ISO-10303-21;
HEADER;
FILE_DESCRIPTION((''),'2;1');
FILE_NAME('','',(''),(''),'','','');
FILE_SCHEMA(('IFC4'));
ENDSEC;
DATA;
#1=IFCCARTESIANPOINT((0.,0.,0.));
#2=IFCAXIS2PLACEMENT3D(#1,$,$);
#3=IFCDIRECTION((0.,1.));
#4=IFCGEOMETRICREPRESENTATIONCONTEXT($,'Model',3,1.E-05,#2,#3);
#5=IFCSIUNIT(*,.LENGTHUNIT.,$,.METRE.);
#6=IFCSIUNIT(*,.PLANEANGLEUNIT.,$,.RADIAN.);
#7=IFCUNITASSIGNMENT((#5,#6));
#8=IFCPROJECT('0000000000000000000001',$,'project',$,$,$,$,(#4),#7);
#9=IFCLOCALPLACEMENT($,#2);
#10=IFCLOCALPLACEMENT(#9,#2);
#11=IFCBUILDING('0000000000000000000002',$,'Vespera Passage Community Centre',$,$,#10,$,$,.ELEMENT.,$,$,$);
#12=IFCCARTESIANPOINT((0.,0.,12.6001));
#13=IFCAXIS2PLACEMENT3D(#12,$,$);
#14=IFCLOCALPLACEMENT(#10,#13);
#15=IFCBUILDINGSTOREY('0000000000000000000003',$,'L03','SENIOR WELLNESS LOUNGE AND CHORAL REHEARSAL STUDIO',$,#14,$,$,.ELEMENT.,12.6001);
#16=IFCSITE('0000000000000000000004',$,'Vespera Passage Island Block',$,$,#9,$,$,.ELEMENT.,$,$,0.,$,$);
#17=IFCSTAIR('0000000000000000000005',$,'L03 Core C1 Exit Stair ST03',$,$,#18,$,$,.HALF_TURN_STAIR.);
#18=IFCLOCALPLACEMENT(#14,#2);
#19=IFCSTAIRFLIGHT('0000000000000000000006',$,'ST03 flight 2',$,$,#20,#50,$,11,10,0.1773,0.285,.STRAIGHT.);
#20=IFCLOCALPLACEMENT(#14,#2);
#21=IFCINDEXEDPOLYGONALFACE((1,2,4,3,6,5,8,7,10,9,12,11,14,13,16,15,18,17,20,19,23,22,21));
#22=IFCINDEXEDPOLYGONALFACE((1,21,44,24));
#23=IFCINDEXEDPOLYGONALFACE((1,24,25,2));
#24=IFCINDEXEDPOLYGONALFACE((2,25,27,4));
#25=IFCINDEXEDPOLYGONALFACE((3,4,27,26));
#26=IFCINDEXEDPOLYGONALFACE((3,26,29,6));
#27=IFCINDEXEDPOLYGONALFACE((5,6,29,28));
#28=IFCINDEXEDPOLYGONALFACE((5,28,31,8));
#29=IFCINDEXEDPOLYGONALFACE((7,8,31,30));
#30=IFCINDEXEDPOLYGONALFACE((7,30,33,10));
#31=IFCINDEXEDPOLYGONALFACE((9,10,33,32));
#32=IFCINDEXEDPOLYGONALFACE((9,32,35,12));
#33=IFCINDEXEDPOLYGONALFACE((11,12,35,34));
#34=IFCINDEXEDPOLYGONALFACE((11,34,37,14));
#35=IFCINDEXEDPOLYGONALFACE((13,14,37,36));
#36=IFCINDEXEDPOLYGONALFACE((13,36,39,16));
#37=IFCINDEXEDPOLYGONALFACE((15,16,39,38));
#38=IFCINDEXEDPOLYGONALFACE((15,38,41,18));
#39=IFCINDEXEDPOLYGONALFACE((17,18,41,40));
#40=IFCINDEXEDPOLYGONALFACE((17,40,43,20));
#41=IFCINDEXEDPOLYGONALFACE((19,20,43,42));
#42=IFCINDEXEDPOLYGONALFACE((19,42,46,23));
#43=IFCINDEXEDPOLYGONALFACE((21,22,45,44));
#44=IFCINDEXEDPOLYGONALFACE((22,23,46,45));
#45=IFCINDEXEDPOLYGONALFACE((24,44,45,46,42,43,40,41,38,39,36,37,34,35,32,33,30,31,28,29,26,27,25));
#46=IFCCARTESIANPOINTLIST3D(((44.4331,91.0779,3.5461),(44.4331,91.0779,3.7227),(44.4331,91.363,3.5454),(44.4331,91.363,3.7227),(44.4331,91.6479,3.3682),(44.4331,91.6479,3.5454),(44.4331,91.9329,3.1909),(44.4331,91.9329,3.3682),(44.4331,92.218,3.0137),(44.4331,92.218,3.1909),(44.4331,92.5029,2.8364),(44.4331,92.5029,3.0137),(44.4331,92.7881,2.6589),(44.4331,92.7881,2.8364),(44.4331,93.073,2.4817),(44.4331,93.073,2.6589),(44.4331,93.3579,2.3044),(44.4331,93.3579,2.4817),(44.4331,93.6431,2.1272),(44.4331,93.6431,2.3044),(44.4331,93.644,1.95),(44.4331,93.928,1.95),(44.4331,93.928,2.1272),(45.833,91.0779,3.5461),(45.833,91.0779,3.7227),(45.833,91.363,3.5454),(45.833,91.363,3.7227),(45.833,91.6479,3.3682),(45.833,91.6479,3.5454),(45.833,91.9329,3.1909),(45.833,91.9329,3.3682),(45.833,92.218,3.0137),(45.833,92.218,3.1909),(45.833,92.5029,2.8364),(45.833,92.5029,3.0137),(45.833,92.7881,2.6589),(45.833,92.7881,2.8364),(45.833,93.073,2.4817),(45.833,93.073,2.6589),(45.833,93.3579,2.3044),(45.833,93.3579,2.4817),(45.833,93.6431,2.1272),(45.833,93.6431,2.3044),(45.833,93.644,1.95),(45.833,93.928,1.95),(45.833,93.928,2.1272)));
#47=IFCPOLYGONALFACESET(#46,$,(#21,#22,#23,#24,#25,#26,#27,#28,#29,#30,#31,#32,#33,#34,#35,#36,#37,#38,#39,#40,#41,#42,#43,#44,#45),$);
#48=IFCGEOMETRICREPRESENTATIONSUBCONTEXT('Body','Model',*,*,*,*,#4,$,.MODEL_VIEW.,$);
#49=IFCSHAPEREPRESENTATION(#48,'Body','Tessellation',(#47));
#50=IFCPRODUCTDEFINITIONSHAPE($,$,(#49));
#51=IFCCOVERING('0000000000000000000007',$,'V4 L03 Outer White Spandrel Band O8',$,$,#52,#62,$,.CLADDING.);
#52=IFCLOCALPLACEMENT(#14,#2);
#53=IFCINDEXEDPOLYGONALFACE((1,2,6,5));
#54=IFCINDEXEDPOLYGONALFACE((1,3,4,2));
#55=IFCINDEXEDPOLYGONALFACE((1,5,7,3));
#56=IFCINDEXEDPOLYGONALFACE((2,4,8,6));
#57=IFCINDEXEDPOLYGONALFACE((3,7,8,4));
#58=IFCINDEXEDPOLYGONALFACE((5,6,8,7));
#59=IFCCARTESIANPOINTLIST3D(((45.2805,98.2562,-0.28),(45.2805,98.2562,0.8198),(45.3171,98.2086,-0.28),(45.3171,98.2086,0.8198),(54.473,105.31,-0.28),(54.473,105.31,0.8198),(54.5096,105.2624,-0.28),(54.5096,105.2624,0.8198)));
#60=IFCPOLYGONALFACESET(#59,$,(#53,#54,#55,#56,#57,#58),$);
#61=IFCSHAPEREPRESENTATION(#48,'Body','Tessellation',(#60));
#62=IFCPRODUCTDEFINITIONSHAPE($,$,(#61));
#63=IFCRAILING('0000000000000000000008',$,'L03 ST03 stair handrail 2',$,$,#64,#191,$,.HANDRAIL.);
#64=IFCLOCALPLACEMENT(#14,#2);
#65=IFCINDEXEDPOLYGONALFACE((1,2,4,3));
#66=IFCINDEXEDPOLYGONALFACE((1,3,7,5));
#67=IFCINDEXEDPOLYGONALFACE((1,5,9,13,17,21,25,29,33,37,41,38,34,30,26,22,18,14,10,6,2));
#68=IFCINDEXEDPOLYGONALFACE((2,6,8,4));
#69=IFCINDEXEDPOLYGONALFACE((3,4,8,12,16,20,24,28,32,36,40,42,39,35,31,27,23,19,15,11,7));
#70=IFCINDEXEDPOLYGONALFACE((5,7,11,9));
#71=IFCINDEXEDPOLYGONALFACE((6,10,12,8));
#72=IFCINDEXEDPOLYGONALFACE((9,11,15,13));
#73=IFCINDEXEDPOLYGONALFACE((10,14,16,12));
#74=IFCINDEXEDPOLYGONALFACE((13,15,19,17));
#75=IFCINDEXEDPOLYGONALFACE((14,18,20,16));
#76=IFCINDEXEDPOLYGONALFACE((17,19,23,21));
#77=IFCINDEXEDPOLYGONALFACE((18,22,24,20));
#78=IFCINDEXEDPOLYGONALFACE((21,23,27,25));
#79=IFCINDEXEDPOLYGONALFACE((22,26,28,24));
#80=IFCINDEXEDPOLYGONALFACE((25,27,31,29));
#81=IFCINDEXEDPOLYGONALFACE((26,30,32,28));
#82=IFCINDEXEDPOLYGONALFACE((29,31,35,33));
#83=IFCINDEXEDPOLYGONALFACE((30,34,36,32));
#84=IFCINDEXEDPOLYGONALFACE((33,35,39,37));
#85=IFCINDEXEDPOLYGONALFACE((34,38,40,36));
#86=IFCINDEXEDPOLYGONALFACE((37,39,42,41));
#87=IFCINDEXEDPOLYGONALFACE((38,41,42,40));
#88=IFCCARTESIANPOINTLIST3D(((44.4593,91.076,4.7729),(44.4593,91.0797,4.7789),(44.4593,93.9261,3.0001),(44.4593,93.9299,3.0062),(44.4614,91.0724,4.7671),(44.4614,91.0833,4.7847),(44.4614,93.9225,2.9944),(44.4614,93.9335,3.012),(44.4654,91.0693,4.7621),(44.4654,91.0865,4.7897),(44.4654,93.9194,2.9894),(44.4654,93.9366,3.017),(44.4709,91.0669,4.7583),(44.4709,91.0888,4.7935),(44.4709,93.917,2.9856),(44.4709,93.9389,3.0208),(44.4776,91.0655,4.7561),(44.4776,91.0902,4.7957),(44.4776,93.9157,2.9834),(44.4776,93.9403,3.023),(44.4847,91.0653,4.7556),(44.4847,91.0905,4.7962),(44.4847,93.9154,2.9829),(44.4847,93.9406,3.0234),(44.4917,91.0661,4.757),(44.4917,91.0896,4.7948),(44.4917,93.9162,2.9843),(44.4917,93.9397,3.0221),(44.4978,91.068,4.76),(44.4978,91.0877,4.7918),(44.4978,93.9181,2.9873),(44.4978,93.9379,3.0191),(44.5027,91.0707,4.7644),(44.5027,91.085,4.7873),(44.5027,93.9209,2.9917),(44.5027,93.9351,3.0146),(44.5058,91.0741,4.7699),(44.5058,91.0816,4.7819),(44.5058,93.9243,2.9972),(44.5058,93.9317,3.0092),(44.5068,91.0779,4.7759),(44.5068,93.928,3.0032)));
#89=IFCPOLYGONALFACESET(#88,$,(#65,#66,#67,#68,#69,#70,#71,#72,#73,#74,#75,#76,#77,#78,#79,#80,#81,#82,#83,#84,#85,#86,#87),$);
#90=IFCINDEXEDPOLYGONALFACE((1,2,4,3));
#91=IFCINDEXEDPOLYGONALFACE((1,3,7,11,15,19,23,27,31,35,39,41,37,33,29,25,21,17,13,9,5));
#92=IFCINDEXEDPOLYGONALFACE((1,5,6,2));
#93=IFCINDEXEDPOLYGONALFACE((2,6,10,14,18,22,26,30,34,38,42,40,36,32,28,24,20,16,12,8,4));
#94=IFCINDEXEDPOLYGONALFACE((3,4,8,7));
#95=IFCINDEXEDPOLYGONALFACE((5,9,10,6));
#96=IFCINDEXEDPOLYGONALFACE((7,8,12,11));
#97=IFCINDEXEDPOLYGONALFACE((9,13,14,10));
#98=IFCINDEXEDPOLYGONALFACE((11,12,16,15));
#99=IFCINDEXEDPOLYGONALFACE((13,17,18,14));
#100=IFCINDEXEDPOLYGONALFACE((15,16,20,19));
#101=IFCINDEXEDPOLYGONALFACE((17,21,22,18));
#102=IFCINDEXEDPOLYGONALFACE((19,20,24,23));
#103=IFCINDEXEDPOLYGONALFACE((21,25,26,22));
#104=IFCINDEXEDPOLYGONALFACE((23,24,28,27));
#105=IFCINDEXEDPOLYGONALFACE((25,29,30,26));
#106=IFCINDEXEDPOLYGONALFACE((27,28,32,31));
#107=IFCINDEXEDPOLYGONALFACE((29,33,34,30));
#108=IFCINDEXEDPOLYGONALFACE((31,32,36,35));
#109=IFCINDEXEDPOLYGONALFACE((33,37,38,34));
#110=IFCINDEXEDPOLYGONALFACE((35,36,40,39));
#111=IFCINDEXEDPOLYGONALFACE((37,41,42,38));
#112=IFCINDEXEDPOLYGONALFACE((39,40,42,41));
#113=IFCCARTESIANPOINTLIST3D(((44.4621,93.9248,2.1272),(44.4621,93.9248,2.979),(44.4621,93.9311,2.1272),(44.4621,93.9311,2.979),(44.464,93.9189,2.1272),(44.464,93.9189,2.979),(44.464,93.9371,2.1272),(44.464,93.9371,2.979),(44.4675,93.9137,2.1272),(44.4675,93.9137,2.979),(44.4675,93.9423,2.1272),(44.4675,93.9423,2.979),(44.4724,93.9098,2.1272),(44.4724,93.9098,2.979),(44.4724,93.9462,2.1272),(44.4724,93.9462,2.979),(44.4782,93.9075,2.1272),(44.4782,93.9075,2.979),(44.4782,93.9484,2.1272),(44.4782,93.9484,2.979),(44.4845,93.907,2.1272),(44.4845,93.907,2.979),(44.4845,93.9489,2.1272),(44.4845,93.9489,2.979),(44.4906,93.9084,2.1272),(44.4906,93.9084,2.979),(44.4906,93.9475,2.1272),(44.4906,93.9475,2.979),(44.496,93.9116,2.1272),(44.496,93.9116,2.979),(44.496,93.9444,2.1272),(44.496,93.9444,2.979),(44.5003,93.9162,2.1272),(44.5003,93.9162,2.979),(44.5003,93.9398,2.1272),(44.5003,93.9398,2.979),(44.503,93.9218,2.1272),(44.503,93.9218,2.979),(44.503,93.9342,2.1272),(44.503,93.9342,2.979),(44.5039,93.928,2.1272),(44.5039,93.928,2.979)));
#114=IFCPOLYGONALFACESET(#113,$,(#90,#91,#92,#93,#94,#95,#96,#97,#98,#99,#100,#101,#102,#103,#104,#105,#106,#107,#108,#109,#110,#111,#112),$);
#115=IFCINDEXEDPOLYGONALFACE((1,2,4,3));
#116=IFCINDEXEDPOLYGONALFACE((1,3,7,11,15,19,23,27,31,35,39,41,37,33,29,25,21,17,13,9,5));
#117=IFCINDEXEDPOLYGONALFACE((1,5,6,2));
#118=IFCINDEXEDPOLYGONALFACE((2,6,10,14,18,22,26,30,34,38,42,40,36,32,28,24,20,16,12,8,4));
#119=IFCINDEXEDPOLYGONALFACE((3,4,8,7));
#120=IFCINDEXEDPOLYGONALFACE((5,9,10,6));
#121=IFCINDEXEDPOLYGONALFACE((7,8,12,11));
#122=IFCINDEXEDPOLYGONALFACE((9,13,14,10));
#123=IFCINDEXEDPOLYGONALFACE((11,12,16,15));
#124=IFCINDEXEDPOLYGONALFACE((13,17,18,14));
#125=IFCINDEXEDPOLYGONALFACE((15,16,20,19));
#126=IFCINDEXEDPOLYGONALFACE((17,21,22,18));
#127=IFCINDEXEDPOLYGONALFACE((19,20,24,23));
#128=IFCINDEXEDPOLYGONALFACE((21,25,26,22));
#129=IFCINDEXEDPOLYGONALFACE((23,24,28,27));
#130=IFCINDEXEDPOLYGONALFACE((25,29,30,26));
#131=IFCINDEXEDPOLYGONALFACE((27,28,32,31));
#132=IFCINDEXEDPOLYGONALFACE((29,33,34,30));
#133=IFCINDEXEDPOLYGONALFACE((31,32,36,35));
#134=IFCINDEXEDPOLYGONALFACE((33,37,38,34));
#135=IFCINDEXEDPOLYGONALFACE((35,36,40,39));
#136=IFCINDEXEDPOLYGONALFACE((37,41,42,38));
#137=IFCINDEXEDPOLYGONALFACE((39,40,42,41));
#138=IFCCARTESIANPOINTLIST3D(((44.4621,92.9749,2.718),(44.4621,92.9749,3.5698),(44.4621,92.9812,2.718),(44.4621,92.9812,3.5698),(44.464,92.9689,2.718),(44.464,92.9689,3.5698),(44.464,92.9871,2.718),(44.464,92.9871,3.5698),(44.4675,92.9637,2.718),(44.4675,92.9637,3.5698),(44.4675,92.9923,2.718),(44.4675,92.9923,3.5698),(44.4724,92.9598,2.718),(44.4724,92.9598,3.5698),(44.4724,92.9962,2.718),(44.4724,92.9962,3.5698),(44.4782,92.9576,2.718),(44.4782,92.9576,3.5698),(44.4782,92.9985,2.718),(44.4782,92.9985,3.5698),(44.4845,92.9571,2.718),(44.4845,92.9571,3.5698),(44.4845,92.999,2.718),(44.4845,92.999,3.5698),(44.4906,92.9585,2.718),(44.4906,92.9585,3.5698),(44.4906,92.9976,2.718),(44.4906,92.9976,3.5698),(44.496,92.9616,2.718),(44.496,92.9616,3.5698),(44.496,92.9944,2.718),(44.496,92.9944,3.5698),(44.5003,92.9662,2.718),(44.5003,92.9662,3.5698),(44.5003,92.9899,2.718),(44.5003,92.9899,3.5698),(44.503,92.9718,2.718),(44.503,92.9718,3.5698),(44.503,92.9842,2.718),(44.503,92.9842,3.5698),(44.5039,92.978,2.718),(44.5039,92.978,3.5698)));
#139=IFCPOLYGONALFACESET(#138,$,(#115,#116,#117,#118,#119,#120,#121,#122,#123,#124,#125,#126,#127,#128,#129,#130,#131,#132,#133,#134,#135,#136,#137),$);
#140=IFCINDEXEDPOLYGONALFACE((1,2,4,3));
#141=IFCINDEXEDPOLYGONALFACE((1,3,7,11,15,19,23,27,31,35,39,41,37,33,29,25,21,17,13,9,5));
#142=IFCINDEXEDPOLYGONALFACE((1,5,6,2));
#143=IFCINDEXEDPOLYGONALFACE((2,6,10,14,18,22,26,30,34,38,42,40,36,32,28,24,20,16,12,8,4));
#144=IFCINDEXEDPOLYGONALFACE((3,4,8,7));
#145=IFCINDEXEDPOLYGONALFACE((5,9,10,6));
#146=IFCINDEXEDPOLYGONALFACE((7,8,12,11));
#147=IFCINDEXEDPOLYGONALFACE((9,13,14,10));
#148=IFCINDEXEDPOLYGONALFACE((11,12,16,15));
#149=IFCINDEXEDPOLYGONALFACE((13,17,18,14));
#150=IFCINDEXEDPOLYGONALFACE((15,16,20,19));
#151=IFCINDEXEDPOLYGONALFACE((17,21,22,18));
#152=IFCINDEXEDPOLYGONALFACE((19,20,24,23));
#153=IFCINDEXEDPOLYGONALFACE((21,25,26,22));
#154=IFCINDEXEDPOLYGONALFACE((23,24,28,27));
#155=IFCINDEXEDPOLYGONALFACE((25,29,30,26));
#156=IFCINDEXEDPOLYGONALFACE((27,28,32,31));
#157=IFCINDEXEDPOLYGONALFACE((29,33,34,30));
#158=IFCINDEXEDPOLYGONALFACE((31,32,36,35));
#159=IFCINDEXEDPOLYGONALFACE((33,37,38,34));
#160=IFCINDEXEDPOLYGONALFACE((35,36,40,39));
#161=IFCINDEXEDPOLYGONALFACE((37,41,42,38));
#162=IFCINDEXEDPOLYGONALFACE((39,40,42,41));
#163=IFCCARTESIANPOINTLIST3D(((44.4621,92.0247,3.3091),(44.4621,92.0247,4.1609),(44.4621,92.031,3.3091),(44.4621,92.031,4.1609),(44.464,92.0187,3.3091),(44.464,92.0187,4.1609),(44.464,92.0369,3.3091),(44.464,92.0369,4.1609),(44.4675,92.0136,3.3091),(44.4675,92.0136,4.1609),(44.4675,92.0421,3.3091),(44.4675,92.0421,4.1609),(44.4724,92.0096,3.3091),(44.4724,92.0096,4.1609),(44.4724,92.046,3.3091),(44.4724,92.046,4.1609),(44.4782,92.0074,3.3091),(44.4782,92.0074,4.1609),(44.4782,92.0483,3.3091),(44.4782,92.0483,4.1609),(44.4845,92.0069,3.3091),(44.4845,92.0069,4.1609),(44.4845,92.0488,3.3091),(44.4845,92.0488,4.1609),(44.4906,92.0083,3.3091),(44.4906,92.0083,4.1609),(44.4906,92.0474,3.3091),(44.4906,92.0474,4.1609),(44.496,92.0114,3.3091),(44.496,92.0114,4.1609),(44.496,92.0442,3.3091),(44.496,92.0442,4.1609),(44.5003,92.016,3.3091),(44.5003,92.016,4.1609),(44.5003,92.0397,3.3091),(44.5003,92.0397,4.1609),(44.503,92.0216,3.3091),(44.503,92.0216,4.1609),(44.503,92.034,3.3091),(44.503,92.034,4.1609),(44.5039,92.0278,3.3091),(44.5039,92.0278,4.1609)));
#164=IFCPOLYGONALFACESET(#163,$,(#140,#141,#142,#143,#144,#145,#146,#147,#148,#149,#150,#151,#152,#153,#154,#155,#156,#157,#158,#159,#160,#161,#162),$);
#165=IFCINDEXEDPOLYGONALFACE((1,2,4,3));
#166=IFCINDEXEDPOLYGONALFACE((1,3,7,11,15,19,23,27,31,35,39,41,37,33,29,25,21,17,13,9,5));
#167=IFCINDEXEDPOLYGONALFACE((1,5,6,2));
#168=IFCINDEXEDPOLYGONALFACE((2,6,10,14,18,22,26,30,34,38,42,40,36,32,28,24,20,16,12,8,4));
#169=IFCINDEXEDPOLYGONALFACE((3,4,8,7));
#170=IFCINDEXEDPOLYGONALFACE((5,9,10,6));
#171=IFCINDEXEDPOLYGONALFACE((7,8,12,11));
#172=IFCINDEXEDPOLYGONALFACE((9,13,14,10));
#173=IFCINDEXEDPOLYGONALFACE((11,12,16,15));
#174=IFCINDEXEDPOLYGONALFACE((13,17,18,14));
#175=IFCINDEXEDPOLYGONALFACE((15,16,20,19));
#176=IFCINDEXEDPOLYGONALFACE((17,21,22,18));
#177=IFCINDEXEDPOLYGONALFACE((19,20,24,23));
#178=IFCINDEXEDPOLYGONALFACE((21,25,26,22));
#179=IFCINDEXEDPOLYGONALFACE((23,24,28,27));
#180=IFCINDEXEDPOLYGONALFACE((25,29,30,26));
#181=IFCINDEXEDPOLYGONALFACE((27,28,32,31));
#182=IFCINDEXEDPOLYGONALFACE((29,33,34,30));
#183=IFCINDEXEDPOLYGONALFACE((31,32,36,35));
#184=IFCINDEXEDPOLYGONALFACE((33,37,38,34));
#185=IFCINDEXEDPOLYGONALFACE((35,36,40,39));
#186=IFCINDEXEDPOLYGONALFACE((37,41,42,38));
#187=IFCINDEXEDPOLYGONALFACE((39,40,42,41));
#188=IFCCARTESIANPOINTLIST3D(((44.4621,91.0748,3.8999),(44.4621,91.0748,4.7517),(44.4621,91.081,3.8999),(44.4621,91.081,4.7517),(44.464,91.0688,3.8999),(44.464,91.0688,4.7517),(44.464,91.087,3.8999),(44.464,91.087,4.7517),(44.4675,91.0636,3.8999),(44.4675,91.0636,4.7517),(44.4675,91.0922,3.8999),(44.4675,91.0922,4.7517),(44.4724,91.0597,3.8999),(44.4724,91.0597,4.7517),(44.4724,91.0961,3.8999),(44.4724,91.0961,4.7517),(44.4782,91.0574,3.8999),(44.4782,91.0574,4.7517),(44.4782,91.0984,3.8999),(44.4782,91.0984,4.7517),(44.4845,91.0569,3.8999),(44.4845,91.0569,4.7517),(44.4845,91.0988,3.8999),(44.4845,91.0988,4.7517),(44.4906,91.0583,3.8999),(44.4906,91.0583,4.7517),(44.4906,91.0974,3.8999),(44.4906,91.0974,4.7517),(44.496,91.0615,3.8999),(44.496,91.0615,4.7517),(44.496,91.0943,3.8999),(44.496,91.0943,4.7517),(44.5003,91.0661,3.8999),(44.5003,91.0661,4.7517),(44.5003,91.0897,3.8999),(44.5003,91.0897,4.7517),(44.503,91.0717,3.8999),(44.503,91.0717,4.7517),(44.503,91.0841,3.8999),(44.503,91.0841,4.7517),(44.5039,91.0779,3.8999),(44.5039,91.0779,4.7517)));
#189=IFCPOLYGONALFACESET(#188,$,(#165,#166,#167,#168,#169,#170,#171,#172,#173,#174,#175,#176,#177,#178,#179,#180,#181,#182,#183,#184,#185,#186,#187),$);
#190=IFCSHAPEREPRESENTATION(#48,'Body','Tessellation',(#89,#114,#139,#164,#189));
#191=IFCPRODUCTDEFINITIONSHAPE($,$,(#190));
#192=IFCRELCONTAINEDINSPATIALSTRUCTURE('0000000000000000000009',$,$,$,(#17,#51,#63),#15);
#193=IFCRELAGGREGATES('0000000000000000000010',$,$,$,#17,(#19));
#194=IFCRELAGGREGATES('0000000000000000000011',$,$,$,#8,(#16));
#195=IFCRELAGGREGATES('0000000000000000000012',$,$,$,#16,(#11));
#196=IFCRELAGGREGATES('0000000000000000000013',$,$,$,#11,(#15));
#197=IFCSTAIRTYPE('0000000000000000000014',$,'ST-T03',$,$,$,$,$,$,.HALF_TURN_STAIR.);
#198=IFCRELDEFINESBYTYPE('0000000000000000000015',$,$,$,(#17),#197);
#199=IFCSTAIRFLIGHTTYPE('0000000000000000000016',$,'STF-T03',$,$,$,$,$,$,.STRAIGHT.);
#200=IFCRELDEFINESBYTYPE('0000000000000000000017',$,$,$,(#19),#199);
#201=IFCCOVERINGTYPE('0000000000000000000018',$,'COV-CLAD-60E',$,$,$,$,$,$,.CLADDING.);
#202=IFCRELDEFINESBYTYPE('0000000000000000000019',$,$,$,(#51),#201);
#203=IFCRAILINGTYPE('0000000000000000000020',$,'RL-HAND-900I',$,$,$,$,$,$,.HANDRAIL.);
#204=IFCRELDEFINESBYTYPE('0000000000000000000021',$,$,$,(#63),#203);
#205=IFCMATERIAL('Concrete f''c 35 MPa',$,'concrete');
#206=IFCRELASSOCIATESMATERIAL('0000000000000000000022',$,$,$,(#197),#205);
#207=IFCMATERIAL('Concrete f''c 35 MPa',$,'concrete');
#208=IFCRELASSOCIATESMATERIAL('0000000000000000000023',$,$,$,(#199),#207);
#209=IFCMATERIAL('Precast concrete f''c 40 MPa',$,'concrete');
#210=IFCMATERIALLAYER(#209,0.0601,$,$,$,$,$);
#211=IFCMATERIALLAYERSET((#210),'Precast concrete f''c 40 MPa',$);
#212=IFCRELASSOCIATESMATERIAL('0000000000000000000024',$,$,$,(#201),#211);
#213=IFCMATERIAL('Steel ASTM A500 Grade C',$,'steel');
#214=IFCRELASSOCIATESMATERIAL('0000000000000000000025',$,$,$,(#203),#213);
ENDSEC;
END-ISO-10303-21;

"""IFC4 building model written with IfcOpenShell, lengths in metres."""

from ifc_helpers import new_model, si_unit, direction, frame, frame_2d, origin, origin_2d, place, context, subcontext, project, spatial, polyline, rectangle, circle, outline, extrude, material, layer, layer_set, type_object, element, aggregate, save


model = new_model("IFC4")

# Units and contexts
model_context = context("Model", 3, precision=1e-05, world=origin(), true_north=direction((0.0, 1.0)))
body_context = subcontext(model_context, "Body", "Model", "MODEL_VIEW")
ifc_project = project(units=[si_unit("LENGTHUNIT", "METRE"), si_unit("PLANEANGLEUNIT", "RADIAN")], contexts=[model_context])

# Site, building, storey
site_placement = place(None, origin())
site = spatial("IfcSite", under=ifc_project, at=site_placement, Name="Vespera Passage Island Block", CompositionType="ELEMENT", RefElevation=0.0)
building_placement = place(site_placement, origin())
building = spatial("IfcBuilding", under=site, at=building_placement, Name="Vespera Passage Community Centre", CompositionType="ELEMENT")
storey_placement = place(building_placement, frame((0.0, 0.0, 12.6001)))
storey = spatial("IfcBuildingStorey", under=building, at=storey_placement, Name="L03", Description="SENIOR WELLNESS LOUNGE AND CHORAL REHEARSAL STUDIO", CompositionType="ELEMENT", Elevation=12.6001)

# Stair, stair flight
ifc_material_1 = material(Name="Concrete f'c 35 MPa", Category="concrete")
stair_type = type_object("IfcStairType", Name="ST-T03", PredefinedType="HALF_TURN_STAIR", material=ifc_material_1)
stair_placement = place(storey_placement, origin())
stair = element("IfcStair", 1, at=stair_placement, inside=storey, type_object=stair_type, Name="L03 Core C1 Exit Stair ST03", PredefinedType="HALF_TURN_STAIR")
ifc_material_2 = material(Name="Concrete f'c 35 MPa", Category="concrete")
stair_flight_type = type_object("IfcStairFlightType", Name="STF-T03", PredefinedType="STRAIGHT", material=ifc_material_2)
stair_flight_placement = place(storey_placement, frame((45.1331, 93.928, 1.95), z_axis=(0.0, 0.0, 1.0), x_axis=(0.0, -1.0, 0.0)))
stair_flight = element("IfcStairFlight", 2, at=stair_flight_placement, type_object=stair_flight_type, Name="ST03 flight 2", NumberOfRisers=11, NumberOfTreads=10, PredefinedType="STRAIGHT", RiserHeight=0.1773, TreadLength=0.285, context=body_context, shape_type="SweptSolid", body=[
    extrude(outline(polyline([(0.0, 0.0), (0.0, 0.1772), (0.2849, 0.1772), (0.2849, 0.3545), (0.5701, 0.3545), (0.5701, 0.5317), (0.855, 0.5317), (0.855, 0.709), (1.1399, 0.709), (1.1399, 0.8865), (1.425, 0.8865), (1.425, 1.0637), (1.71, 1.0637), (1.71, 1.241), (1.9951, 1.241), (1.9951, 1.4182), (2.28, 1.4182), (2.28, 1.5955), (2.5649, 1.5955), (2.5649, 1.7727), (2.8501, 1.7727), (2.8501, 1.95), (2.8501, 1.5962), (0.2839, 0.0), (0.0, 0.0)])), frame((0.0, 0.7, 0.0), z_axis=(0.0, -1.0, 0.0), x_axis=(1.0, 0.0, 0.0)), (0.0, 0.0, 1.0), 1.3999),
])
aggregate(stair, [stair_flight])

# Covering
ifc_material_3 = material(Name="Precast concrete f'c 40 MPa", Category="concrete")
ifc_layer_1 = layer(ifc_material_3, 0.0601)
ifc_layer_set_1 = layer_set([ifc_layer_1], Name="Precast concrete f'c 40 MPa")
covering_type = type_object("IfcCoveringType", Name="COV-CLAD-60E", PredefinedType="CLADDING", material=ifc_layer_set_1)
covering_placement = place(storey_placement, frame((45.2988, 98.2324, -0.28), z_axis=(0.0, 0.0, 1.0), x_axis=(0.793347, 0.608769, 0.0)))
element("IfcCovering", 3, at=covering_placement, inside=storey, type_object=covering_type, Name="V4 L03 Outer White Spandrel Band O8", PredefinedType="CLADDING", context=body_context, shape_type="SweptSolid", body=[
    extrude(rectangle(XDim=11.5869, YDim=0.0601, at=frame_2d((5.7935, 0.0))), origin(), (0.0, 0.0, 1.0), 1.0999),
])

# Railing
ifc_material_4 = material(Name="Steel ASTM A500 Grade C", Category="steel")
railing_type_1 = type_object("IfcRailingType", Name="RL-HAND-900I", PredefinedType="HANDRAIL", material=ifc_material_4)
railing_1_placement = place(storey_placement, frame((44.4829, 93.928, 2.1272)))
element("IfcRailing", 4, at=railing_1_placement, inside=storey, type_object=railing_type_1, Name="L03 ST03 stair handrail 2", PredefinedType="HANDRAIL", context=body_context, shape_type="SweptSolid", body=[
    extrude(circle(Radius=0.0239, at=origin_2d()), frame((0.0, 0.0, 0.876), z_axis=(0.0, -0.849149, 0.528154), x_axis=(1.0, 0.0, 0.0)), (0.0, 0.0, 1.0), 3.3564),
    extrude(circle(Radius=0.021, at=origin_2d()), origin(), (0.0, 0.0, 1.0), 0.8518),
    extrude(circle(Radius=0.021, at=origin_2d()), frame((0.0, -0.95, 0.5908)), (0.0, 0.0, 1.0), 0.8518),
    extrude(circle(Radius=0.021, at=origin_2d()), frame((0.0, -1.9001, 1.1819)), (0.0, 0.0, 1.0), 0.8518),
    extrude(circle(Radius=0.021, at=origin_2d()), frame((0.0, -2.8501, 1.7727)), (0.0, 0.0, 1.0), 0.8518),
])

save(model, "model.ifc")
